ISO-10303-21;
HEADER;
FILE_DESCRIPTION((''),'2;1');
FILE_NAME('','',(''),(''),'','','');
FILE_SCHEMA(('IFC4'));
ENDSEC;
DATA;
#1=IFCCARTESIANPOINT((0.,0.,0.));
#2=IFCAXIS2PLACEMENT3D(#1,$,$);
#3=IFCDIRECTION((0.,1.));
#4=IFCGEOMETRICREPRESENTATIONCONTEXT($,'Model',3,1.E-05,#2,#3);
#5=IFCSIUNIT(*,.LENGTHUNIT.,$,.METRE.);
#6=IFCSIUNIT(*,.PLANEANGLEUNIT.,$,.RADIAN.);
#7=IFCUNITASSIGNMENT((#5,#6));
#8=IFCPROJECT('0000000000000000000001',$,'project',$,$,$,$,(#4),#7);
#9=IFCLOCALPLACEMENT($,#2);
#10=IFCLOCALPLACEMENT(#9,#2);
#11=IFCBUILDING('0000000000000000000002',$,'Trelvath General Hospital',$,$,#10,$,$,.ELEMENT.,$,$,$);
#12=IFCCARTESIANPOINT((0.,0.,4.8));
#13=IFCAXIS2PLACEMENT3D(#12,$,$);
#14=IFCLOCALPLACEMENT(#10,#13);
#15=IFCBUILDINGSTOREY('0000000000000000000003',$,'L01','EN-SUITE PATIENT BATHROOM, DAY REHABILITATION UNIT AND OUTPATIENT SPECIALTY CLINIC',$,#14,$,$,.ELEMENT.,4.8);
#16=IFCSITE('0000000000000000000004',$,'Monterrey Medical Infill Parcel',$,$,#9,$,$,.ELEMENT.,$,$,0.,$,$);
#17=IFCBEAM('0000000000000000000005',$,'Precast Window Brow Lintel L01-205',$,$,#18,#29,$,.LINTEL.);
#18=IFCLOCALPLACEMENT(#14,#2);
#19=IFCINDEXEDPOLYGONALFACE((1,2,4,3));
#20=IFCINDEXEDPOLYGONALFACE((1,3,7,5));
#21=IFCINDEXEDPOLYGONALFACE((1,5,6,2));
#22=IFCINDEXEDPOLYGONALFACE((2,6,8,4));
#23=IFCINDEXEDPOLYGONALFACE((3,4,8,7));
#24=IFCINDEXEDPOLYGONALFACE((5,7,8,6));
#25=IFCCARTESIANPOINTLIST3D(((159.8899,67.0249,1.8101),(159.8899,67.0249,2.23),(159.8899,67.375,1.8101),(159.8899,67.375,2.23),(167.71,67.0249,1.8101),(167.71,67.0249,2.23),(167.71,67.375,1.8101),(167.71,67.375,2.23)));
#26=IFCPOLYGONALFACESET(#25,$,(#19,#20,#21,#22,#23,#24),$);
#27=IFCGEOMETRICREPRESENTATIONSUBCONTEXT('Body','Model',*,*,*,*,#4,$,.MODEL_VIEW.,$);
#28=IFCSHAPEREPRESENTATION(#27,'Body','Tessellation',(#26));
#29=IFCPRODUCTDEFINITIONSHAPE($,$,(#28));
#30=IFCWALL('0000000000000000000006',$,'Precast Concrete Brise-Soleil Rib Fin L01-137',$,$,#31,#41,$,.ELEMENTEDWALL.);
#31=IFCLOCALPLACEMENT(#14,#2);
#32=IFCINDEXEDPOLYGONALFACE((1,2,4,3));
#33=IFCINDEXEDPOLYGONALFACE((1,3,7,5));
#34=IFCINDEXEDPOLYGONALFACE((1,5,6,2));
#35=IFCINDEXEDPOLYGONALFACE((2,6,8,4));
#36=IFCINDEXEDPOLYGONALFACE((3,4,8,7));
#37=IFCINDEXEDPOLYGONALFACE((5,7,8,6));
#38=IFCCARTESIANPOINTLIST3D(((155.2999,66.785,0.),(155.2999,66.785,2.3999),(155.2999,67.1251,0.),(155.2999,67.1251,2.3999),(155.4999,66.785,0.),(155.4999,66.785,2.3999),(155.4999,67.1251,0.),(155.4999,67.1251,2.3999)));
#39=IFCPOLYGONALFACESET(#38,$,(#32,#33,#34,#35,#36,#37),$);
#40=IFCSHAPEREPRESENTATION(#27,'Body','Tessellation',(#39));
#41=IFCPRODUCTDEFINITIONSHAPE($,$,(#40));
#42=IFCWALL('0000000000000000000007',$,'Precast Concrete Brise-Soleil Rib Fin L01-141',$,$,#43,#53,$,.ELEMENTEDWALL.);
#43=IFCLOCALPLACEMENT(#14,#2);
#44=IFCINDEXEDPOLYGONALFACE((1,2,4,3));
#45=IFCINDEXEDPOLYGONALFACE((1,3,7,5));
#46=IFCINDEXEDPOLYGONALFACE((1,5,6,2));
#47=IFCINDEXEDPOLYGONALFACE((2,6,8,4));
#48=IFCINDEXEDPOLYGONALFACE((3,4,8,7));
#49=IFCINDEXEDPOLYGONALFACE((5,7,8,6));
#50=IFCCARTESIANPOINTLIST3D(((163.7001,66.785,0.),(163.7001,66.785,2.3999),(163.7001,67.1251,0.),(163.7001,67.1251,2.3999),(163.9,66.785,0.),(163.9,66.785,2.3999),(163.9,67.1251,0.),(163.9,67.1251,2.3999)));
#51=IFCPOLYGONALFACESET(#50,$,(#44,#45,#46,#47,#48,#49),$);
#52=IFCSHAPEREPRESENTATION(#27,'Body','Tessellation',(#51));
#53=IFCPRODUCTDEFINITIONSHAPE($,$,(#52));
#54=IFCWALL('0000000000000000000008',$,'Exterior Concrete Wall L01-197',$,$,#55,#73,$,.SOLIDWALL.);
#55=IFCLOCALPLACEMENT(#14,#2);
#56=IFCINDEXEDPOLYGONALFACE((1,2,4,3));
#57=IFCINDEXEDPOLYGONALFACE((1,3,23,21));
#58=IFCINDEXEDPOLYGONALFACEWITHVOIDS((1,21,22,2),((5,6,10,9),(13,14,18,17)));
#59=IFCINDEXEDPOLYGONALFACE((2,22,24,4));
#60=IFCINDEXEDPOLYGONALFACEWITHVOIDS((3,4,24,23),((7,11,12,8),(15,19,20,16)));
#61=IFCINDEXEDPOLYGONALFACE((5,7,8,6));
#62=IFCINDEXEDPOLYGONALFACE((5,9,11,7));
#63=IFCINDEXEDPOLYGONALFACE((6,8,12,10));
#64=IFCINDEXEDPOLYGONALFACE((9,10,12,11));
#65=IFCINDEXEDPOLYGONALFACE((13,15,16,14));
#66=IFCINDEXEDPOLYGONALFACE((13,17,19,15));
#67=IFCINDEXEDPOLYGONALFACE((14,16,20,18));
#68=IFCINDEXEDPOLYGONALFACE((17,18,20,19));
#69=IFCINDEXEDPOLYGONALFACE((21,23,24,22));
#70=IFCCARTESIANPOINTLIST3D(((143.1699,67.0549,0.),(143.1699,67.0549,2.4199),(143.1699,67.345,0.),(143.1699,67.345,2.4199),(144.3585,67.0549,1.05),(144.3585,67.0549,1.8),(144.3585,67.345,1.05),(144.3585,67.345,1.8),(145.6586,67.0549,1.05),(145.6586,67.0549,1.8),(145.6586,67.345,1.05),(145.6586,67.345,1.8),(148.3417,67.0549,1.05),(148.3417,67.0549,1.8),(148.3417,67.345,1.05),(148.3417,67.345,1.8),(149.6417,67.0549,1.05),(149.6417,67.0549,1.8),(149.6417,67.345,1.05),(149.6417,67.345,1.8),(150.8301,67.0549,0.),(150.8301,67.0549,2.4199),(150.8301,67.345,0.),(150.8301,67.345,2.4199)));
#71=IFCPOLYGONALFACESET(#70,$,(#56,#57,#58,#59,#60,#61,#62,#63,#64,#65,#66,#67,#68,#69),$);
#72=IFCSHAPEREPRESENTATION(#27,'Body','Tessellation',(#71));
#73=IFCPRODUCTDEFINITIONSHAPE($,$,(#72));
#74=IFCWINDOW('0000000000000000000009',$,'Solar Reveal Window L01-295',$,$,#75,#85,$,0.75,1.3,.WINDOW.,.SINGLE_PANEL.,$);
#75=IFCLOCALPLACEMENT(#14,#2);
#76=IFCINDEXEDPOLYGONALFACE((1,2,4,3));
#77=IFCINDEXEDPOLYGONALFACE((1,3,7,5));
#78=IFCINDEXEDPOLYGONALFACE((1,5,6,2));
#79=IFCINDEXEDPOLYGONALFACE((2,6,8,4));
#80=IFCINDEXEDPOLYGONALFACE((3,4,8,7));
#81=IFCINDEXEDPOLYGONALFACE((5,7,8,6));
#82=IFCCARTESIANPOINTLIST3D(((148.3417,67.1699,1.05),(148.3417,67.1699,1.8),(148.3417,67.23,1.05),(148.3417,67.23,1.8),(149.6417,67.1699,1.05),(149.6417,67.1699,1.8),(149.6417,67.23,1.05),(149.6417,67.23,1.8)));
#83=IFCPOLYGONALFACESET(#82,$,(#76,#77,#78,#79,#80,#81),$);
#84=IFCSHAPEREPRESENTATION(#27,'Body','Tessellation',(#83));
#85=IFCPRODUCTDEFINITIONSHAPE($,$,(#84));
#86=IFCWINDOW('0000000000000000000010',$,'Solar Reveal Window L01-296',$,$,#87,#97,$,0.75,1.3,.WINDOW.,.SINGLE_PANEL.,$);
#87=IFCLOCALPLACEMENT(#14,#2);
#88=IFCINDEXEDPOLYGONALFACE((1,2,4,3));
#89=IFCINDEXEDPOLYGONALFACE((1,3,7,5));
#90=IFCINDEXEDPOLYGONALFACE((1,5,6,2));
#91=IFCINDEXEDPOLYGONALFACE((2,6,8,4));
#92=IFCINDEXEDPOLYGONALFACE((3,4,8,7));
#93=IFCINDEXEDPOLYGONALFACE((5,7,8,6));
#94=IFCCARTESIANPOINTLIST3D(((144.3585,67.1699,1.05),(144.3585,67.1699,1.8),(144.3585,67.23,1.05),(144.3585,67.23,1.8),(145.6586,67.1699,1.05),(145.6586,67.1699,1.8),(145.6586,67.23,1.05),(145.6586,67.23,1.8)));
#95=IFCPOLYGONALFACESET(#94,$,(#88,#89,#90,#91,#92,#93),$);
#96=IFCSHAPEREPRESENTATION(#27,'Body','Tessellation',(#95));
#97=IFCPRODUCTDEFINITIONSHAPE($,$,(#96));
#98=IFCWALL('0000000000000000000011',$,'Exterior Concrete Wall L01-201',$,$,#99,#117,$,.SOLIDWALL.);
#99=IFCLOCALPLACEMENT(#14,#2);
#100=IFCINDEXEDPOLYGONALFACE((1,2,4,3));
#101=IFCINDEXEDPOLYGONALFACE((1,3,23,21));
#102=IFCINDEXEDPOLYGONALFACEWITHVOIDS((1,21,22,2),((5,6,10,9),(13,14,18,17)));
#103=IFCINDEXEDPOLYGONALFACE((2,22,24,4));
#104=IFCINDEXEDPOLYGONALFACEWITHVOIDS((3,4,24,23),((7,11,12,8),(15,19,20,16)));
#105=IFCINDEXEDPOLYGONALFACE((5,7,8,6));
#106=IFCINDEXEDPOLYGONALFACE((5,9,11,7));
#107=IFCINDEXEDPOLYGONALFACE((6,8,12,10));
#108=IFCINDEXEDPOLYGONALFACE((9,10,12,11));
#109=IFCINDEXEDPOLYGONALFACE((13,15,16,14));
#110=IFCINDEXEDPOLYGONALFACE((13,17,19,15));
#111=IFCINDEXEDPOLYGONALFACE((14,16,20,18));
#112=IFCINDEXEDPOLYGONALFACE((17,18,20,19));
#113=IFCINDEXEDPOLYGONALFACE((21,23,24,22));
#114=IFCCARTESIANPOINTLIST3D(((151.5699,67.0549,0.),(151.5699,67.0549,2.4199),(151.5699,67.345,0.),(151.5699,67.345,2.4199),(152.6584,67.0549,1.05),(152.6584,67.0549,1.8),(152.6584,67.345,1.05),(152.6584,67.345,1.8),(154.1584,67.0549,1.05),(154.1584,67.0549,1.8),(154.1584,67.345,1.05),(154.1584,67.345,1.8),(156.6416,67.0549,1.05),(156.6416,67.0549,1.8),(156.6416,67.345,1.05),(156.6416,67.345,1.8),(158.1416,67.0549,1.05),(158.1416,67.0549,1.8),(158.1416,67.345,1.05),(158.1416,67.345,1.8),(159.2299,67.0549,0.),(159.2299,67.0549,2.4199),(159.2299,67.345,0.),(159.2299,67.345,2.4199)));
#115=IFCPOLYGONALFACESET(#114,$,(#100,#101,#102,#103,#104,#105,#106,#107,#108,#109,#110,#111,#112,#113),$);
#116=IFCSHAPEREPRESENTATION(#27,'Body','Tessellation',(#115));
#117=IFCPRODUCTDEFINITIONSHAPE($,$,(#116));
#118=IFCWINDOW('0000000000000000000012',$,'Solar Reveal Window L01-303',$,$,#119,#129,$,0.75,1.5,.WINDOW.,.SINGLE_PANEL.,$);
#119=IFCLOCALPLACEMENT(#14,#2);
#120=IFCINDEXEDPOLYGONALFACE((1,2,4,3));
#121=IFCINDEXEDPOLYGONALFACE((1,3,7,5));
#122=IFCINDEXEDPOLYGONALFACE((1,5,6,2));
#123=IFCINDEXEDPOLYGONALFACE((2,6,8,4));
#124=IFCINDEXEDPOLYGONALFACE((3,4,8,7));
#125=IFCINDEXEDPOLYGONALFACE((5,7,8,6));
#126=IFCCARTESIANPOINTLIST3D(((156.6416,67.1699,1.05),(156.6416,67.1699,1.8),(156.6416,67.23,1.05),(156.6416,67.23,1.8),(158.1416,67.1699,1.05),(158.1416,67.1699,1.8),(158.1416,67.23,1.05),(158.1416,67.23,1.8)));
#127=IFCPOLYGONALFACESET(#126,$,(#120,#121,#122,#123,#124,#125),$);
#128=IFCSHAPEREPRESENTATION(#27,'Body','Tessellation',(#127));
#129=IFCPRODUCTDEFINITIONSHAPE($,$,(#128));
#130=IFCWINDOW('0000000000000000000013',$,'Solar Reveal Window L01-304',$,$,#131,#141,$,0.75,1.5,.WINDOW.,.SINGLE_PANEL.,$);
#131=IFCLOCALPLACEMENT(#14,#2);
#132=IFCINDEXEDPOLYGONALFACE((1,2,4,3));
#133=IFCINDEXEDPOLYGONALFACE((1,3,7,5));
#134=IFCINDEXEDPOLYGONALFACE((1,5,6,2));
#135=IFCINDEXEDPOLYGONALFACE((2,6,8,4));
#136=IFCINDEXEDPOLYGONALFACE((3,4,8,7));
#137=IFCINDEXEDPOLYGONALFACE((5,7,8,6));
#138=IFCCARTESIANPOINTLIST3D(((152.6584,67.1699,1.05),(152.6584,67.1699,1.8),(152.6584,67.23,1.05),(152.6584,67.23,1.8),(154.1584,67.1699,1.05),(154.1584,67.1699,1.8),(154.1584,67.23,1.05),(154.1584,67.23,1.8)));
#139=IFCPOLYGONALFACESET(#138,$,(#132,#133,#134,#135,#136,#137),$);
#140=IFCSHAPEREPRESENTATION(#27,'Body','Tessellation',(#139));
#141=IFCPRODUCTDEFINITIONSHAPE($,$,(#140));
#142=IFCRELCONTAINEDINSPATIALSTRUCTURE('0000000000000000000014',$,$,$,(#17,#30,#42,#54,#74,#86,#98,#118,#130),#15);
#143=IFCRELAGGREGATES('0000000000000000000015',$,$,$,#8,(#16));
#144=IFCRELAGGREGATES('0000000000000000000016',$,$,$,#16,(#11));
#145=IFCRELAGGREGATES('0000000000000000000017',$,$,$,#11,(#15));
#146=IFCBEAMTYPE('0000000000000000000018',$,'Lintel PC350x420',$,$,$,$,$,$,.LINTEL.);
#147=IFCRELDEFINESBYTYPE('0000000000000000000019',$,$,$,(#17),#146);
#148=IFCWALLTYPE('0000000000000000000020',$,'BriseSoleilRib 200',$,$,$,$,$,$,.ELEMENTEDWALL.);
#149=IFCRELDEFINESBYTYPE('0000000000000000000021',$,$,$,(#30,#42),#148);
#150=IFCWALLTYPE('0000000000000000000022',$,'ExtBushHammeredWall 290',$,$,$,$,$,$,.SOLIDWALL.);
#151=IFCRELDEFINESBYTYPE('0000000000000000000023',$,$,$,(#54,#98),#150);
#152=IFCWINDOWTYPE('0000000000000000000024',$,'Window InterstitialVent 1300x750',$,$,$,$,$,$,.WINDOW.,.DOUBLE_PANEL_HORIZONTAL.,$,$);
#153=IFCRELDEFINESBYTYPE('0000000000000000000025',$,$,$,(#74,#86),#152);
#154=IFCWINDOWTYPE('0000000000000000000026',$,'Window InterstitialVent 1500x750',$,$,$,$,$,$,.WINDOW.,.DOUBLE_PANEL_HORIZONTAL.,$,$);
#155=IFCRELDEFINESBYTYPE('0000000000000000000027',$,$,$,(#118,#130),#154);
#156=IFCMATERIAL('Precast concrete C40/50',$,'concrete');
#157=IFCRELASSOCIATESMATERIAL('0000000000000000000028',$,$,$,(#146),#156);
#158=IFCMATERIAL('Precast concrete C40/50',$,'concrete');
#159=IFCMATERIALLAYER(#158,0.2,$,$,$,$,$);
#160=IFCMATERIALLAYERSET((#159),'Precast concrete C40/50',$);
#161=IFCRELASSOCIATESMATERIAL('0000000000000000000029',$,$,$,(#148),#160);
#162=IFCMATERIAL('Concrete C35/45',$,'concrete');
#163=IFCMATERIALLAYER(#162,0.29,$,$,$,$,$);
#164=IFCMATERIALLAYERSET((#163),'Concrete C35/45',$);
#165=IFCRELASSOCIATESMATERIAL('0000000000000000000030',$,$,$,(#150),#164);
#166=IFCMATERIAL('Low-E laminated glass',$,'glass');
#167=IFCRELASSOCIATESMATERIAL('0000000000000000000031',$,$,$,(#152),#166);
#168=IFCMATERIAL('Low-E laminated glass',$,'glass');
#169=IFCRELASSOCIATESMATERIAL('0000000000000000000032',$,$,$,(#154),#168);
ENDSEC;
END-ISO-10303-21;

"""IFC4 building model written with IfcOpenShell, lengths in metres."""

from ifc_helpers import new_model, si_unit, direction, frame, frame_2d, origin, origin_2d, place, context, subcontext, project, spatial, rectangle, extrude, material, layer, layer_set, material_profile, profile_set, type_object, element, fill, save


model = new_model("IFC4")

# Units and contexts
model_context = context("Model", 3, precision=1e-05, world=origin(), true_north=direction((0.0, 1.0)))
body_context = subcontext(model_context, "Body", "Model", "MODEL_VIEW")
ifc_project = project(units=[si_unit("LENGTHUNIT", "METRE"), si_unit("PLANEANGLEUNIT", "RADIAN")], contexts=[model_context])

# Site, building, storey
site_placement = place(None, origin())
site = spatial("IfcSite", under=ifc_project, at=site_placement, Name="Monterrey Medical Infill Parcel", CompositionType="ELEMENT", RefElevation=0.0)
building_placement = place(site_placement, origin())
building = spatial("IfcBuilding", under=site, at=building_placement, Name="Trelvath General Hospital", CompositionType="ELEMENT")
storey_placement = place(building_placement, frame((0.0, 0.0, 4.8)))
storey = spatial("IfcBuildingStorey", under=building, at=storey_placement, Name="L01", Description="EN-SUITE PATIENT BATHROOM, DAY REHABILITATION UNIT AND OUTPATIENT SPECIALTY CLINIC", CompositionType="ELEMENT", Elevation=4.8)

# Beam
ifc_material_1 = material(Name="Precast concrete C40/50", Category="concrete")
ifc_material_profile_1 = material_profile(ifc_material_1, rectangle(XDim=0.3501, YDim=0.4199, at=origin_2d()), Name="PCL350x420")
ifc_profile_set_1 = profile_set([ifc_material_profile_1], Name="Precast concrete C40/50")
beam_type_1 = type_object("IfcBeamType", Name="Lintel PC350x420", PredefinedType="LINTEL", material=ifc_profile_set_1)
beam_1_placement = place(storey_placement, frame((167.71, 67.2, 2.02), z_axis=(-1.0, 0.0, 0.0), x_axis=(0.0, -1.0, 0.0)))
element("IfcBeam", 1, at=beam_1_placement, inside=storey, type_object=beam_type_1, Name="Precast Window Brow Lintel L01-205", PredefinedType="LINTEL", context=body_context, shape_type="SweptSolid", body=[
    extrude(rectangle(XDim=0.3501, YDim=0.4199, at=origin_2d()), origin(), (0.0, 0.0, 1.0), 7.8201),
])

# Walls
ifc_material_2 = material(Name="Precast concrete C40/50", Category="concrete")
ifc_layer_1 = layer(ifc_material_2, 0.2)
ifc_layer_set_1 = layer_set([ifc_layer_1], Name="Precast concrete C40/50")
wall_type_1 = type_object("IfcWallType", Name="BriseSoleilRib 200", PredefinedType="ELEMENTEDWALL", material=ifc_layer_set_1)
for number, where, z_axis, x_axis, name in (
    (2, (155.3999, 67.125, 0.0), (0.0, 0.0, 1.0), (0.0, -1.0, 0.0), "Precast Concrete Brise-Soleil Rib Fin L01-137"),
    (3, (163.8, 67.125, 0.0), (0.0, 0.0, 1.0), (0.0, -1.0, 0.0), "Precast Concrete Brise-Soleil Rib Fin L01-141"),
):
    element("IfcWall", number, at=place(storey_placement, frame(where, z_axis=z_axis, x_axis=x_axis)), inside=storey, type_object=wall_type_1, Name=name, PredefinedType="ELEMENTEDWALL", context=body_context, shape_type="SweptSolid", body=[
        extrude(rectangle(XDim=0.3401, YDim=0.2, at=frame_2d((0.1699, 0.0))), origin(), (0.0, 0.0, 1.0), 2.3999),
    ])

# Walls, openings, windows
ifc_material_3 = material(Name="Concrete C35/45", Category="concrete")
ifc_layer_2 = layer(ifc_material_3, 0.29)
ifc_layer_set_2 = layer_set([ifc_layer_2], Name="Concrete C35/45")
wall_type_2 = type_object("IfcWallType", Name="ExtBushHammeredWall 290", PredefinedType="SOLIDWALL", material=ifc_layer_set_2)
wall_1_placement = place(storey_placement, frame((150.8301, 67.2, 0.0), z_axis=(0.0, 0.0, 1.0), x_axis=(-1.0, 0.0, 0.0)))
wall_1 = element("IfcWall", 4, at=wall_1_placement, inside=storey, type_object=wall_type_2, Name="Exterior Concrete Wall L01-197", PredefinedType="SOLIDWALL", context=body_context, shape_type="SweptSolid", body=[
    extrude(rectangle(XDim=7.6602, YDim=0.29, at=frame_2d((3.8301, 0.0))), origin(), (0.0, 0.0, 1.0), 2.4199),
])
opening_1_placement = place(wall_1_placement, frame((1.1885, 0.0, 1.05)))
opening_1 = element("IfcOpeningElement", 5, at=opening_1_placement, cuts=wall_1, PredefinedType="OPENING", context=body_context, shape_type="SweptSolid", body=[
    extrude(rectangle(XDim=1.3, YDim=0.75, at=frame_2d((0.6499, 0.375))), frame((0.0, 0.155, 0.0), z_axis=(0.0, -1.0, 0.0), x_axis=(1.0, 0.0, 0.0)), (0.0, 0.0, 1.0), 0.3101),
])
opening_2_placement = place(wall_1_placement, frame((5.1716, 0.0, 1.05)))
opening_2 = element("IfcOpeningElement", 6, at=opening_2_placement, cuts=wall_1, PredefinedType="OPENING", context=body_context, shape_type="SweptSolid", body=[
    extrude(rectangle(XDim=1.3, YDim=0.75, at=frame_2d((0.6499, 0.375))), frame((0.0, 0.155, 0.0), z_axis=(0.0, -1.0, 0.0), x_axis=(1.0, 0.0, 0.0)), (0.0, 0.0, 1.0), 0.3101),
])
ifc_material_4 = material(Name="Low-E laminated glass", Category="glass")
window_type_1 = type_object("IfcWindowType", Name="Window InterstitialVent 1300x750", PartitioningType="DOUBLE_PANEL_HORIZONTAL", PredefinedType="WINDOW", material=ifc_material_4)
window_1_placement = place(opening_1_placement, origin())
window_1 = element("IfcWindow", 7, at=window_1_placement, inside=storey, type_object=window_type_1, Name="Solar Reveal Window L01-295", OverallHeight=0.75, OverallWidth=1.3, PartitioningType="SINGLE_PANEL", PredefinedType="WINDOW", context=body_context, shape_type="SweptSolid", body=[
    extrude(rectangle(XDim=1.3, YDim=0.75, at=frame_2d((0.6499, 0.375))), frame((0.0, 0.03, 0.0), z_axis=(0.0, -1.0, 0.0), x_axis=(1.0, 0.0, 0.0)), (0.0, 0.0, 1.0), 0.0601),
])
fill(opening_1, window_1)
window_2_placement = place(opening_2_placement, origin())
window_2 = element("IfcWindow", 8, at=window_2_placement, inside=storey, type_object=window_type_1, Name="Solar Reveal Window L01-296", OverallHeight=0.75, OverallWidth=1.3, PartitioningType="SINGLE_PANEL", PredefinedType="WINDOW", context=body_context, shape_type="SweptSolid", body=[
    extrude(rectangle(XDim=1.3, YDim=0.75, at=frame_2d((0.6499, 0.375))), frame((0.0, 0.03, 0.0), z_axis=(0.0, -1.0, 0.0), x_axis=(1.0, 0.0, 0.0)), (0.0, 0.0, 1.0), 0.0601),
])
fill(opening_2, window_2)
wall_2_placement = place(storey_placement, frame((159.23, 67.2, 0.0), z_axis=(0.0, 0.0, 1.0), x_axis=(-1.0, 0.0, 0.0)))
wall_2 = element("IfcWall", 9, at=wall_2_placement, inside=storey, type_object=wall_type_2, Name="Exterior Concrete Wall L01-201", PredefinedType="SOLIDWALL", context=body_context, shape_type="SweptSolid", body=[
    extrude(rectangle(XDim=7.6599, YDim=0.29, at=frame_2d((3.8301, 0.0))), origin(), (0.0, 0.0, 1.0), 2.4199),
])
opening_3_placement = place(wall_2_placement, frame((1.0884, 0.0, 1.05)))
opening_3 = element("IfcOpeningElement", 10, at=opening_3_placement, cuts=wall_2, PredefinedType="OPENING", context=body_context, shape_type="SweptSolid", body=[
    extrude(rectangle(XDim=1.5, YDim=0.75, at=frame_2d((0.75, 0.375))), frame((0.0, 0.155, 0.0), z_axis=(0.0, -1.0, 0.0), x_axis=(1.0, 0.0, 0.0)), (0.0, 0.0, 1.0), 0.3101),
])
opening_4_placement = place(wall_2_placement, frame((5.0715, 0.0, 1.05)))
opening_4 = element("IfcOpeningElement", 11, at=opening_4_placement, cuts=wall_2, PredefinedType="OPENING", context=body_context, shape_type="SweptSolid", body=[
    extrude(rectangle(XDim=1.5, YDim=0.75, at=frame_2d((0.75, 0.375))), frame((0.0, 0.155, 0.0), z_axis=(0.0, -1.0, 0.0), x_axis=(1.0, 0.0, 0.0)), (0.0, 0.0, 1.0), 0.3101),
])
ifc_material_5 = material(Name="Low-E laminated glass", Category="glass")
window_type_2 = type_object("IfcWindowType", Name="Window InterstitialVent 1500x750", PartitioningType="DOUBLE_PANEL_HORIZONTAL", PredefinedType="WINDOW", material=ifc_material_5)
window_3_placement = place(opening_3_placement, origin())
window_3 = element("IfcWindow", 12, at=window_3_placement, inside=storey, type_object=window_type_2, Name="Solar Reveal Window L01-303", OverallHeight=0.75, OverallWidth=1.5, PartitioningType="SINGLE_PANEL", PredefinedType="WINDOW", context=body_context, shape_type="SweptSolid", body=[
    extrude(rectangle(XDim=1.5, YDim=0.75, at=frame_2d((0.75, 0.375))), frame((0.0, 0.03, 0.0), z_axis=(0.0, -1.0, 0.0), x_axis=(1.0, 0.0, 0.0)), (0.0, 0.0, 1.0), 0.0601),
])
fill(opening_3, window_3)
window_4_placement = place(opening_4_placement, origin())
window_4 = element("IfcWindow", 13, at=window_4_placement, inside=storey, type_object=window_type_2, Name="Solar Reveal Window L01-304", OverallHeight=0.75, OverallWidth=1.5, PartitioningType="SINGLE_PANEL", PredefinedType="WINDOW", context=body_context, shape_type="SweptSolid", body=[
    extrude(rectangle(XDim=1.5, YDim=0.75, at=frame_2d((0.75, 0.375))), frame((0.0, 0.03, 0.0), z_axis=(0.0, -1.0, 0.0), x_axis=(1.0, 0.0, 0.0)), (0.0, 0.0, 1.0), 0.0601),
])
fill(opening_4, window_4)

save(model, "model.ifc")
